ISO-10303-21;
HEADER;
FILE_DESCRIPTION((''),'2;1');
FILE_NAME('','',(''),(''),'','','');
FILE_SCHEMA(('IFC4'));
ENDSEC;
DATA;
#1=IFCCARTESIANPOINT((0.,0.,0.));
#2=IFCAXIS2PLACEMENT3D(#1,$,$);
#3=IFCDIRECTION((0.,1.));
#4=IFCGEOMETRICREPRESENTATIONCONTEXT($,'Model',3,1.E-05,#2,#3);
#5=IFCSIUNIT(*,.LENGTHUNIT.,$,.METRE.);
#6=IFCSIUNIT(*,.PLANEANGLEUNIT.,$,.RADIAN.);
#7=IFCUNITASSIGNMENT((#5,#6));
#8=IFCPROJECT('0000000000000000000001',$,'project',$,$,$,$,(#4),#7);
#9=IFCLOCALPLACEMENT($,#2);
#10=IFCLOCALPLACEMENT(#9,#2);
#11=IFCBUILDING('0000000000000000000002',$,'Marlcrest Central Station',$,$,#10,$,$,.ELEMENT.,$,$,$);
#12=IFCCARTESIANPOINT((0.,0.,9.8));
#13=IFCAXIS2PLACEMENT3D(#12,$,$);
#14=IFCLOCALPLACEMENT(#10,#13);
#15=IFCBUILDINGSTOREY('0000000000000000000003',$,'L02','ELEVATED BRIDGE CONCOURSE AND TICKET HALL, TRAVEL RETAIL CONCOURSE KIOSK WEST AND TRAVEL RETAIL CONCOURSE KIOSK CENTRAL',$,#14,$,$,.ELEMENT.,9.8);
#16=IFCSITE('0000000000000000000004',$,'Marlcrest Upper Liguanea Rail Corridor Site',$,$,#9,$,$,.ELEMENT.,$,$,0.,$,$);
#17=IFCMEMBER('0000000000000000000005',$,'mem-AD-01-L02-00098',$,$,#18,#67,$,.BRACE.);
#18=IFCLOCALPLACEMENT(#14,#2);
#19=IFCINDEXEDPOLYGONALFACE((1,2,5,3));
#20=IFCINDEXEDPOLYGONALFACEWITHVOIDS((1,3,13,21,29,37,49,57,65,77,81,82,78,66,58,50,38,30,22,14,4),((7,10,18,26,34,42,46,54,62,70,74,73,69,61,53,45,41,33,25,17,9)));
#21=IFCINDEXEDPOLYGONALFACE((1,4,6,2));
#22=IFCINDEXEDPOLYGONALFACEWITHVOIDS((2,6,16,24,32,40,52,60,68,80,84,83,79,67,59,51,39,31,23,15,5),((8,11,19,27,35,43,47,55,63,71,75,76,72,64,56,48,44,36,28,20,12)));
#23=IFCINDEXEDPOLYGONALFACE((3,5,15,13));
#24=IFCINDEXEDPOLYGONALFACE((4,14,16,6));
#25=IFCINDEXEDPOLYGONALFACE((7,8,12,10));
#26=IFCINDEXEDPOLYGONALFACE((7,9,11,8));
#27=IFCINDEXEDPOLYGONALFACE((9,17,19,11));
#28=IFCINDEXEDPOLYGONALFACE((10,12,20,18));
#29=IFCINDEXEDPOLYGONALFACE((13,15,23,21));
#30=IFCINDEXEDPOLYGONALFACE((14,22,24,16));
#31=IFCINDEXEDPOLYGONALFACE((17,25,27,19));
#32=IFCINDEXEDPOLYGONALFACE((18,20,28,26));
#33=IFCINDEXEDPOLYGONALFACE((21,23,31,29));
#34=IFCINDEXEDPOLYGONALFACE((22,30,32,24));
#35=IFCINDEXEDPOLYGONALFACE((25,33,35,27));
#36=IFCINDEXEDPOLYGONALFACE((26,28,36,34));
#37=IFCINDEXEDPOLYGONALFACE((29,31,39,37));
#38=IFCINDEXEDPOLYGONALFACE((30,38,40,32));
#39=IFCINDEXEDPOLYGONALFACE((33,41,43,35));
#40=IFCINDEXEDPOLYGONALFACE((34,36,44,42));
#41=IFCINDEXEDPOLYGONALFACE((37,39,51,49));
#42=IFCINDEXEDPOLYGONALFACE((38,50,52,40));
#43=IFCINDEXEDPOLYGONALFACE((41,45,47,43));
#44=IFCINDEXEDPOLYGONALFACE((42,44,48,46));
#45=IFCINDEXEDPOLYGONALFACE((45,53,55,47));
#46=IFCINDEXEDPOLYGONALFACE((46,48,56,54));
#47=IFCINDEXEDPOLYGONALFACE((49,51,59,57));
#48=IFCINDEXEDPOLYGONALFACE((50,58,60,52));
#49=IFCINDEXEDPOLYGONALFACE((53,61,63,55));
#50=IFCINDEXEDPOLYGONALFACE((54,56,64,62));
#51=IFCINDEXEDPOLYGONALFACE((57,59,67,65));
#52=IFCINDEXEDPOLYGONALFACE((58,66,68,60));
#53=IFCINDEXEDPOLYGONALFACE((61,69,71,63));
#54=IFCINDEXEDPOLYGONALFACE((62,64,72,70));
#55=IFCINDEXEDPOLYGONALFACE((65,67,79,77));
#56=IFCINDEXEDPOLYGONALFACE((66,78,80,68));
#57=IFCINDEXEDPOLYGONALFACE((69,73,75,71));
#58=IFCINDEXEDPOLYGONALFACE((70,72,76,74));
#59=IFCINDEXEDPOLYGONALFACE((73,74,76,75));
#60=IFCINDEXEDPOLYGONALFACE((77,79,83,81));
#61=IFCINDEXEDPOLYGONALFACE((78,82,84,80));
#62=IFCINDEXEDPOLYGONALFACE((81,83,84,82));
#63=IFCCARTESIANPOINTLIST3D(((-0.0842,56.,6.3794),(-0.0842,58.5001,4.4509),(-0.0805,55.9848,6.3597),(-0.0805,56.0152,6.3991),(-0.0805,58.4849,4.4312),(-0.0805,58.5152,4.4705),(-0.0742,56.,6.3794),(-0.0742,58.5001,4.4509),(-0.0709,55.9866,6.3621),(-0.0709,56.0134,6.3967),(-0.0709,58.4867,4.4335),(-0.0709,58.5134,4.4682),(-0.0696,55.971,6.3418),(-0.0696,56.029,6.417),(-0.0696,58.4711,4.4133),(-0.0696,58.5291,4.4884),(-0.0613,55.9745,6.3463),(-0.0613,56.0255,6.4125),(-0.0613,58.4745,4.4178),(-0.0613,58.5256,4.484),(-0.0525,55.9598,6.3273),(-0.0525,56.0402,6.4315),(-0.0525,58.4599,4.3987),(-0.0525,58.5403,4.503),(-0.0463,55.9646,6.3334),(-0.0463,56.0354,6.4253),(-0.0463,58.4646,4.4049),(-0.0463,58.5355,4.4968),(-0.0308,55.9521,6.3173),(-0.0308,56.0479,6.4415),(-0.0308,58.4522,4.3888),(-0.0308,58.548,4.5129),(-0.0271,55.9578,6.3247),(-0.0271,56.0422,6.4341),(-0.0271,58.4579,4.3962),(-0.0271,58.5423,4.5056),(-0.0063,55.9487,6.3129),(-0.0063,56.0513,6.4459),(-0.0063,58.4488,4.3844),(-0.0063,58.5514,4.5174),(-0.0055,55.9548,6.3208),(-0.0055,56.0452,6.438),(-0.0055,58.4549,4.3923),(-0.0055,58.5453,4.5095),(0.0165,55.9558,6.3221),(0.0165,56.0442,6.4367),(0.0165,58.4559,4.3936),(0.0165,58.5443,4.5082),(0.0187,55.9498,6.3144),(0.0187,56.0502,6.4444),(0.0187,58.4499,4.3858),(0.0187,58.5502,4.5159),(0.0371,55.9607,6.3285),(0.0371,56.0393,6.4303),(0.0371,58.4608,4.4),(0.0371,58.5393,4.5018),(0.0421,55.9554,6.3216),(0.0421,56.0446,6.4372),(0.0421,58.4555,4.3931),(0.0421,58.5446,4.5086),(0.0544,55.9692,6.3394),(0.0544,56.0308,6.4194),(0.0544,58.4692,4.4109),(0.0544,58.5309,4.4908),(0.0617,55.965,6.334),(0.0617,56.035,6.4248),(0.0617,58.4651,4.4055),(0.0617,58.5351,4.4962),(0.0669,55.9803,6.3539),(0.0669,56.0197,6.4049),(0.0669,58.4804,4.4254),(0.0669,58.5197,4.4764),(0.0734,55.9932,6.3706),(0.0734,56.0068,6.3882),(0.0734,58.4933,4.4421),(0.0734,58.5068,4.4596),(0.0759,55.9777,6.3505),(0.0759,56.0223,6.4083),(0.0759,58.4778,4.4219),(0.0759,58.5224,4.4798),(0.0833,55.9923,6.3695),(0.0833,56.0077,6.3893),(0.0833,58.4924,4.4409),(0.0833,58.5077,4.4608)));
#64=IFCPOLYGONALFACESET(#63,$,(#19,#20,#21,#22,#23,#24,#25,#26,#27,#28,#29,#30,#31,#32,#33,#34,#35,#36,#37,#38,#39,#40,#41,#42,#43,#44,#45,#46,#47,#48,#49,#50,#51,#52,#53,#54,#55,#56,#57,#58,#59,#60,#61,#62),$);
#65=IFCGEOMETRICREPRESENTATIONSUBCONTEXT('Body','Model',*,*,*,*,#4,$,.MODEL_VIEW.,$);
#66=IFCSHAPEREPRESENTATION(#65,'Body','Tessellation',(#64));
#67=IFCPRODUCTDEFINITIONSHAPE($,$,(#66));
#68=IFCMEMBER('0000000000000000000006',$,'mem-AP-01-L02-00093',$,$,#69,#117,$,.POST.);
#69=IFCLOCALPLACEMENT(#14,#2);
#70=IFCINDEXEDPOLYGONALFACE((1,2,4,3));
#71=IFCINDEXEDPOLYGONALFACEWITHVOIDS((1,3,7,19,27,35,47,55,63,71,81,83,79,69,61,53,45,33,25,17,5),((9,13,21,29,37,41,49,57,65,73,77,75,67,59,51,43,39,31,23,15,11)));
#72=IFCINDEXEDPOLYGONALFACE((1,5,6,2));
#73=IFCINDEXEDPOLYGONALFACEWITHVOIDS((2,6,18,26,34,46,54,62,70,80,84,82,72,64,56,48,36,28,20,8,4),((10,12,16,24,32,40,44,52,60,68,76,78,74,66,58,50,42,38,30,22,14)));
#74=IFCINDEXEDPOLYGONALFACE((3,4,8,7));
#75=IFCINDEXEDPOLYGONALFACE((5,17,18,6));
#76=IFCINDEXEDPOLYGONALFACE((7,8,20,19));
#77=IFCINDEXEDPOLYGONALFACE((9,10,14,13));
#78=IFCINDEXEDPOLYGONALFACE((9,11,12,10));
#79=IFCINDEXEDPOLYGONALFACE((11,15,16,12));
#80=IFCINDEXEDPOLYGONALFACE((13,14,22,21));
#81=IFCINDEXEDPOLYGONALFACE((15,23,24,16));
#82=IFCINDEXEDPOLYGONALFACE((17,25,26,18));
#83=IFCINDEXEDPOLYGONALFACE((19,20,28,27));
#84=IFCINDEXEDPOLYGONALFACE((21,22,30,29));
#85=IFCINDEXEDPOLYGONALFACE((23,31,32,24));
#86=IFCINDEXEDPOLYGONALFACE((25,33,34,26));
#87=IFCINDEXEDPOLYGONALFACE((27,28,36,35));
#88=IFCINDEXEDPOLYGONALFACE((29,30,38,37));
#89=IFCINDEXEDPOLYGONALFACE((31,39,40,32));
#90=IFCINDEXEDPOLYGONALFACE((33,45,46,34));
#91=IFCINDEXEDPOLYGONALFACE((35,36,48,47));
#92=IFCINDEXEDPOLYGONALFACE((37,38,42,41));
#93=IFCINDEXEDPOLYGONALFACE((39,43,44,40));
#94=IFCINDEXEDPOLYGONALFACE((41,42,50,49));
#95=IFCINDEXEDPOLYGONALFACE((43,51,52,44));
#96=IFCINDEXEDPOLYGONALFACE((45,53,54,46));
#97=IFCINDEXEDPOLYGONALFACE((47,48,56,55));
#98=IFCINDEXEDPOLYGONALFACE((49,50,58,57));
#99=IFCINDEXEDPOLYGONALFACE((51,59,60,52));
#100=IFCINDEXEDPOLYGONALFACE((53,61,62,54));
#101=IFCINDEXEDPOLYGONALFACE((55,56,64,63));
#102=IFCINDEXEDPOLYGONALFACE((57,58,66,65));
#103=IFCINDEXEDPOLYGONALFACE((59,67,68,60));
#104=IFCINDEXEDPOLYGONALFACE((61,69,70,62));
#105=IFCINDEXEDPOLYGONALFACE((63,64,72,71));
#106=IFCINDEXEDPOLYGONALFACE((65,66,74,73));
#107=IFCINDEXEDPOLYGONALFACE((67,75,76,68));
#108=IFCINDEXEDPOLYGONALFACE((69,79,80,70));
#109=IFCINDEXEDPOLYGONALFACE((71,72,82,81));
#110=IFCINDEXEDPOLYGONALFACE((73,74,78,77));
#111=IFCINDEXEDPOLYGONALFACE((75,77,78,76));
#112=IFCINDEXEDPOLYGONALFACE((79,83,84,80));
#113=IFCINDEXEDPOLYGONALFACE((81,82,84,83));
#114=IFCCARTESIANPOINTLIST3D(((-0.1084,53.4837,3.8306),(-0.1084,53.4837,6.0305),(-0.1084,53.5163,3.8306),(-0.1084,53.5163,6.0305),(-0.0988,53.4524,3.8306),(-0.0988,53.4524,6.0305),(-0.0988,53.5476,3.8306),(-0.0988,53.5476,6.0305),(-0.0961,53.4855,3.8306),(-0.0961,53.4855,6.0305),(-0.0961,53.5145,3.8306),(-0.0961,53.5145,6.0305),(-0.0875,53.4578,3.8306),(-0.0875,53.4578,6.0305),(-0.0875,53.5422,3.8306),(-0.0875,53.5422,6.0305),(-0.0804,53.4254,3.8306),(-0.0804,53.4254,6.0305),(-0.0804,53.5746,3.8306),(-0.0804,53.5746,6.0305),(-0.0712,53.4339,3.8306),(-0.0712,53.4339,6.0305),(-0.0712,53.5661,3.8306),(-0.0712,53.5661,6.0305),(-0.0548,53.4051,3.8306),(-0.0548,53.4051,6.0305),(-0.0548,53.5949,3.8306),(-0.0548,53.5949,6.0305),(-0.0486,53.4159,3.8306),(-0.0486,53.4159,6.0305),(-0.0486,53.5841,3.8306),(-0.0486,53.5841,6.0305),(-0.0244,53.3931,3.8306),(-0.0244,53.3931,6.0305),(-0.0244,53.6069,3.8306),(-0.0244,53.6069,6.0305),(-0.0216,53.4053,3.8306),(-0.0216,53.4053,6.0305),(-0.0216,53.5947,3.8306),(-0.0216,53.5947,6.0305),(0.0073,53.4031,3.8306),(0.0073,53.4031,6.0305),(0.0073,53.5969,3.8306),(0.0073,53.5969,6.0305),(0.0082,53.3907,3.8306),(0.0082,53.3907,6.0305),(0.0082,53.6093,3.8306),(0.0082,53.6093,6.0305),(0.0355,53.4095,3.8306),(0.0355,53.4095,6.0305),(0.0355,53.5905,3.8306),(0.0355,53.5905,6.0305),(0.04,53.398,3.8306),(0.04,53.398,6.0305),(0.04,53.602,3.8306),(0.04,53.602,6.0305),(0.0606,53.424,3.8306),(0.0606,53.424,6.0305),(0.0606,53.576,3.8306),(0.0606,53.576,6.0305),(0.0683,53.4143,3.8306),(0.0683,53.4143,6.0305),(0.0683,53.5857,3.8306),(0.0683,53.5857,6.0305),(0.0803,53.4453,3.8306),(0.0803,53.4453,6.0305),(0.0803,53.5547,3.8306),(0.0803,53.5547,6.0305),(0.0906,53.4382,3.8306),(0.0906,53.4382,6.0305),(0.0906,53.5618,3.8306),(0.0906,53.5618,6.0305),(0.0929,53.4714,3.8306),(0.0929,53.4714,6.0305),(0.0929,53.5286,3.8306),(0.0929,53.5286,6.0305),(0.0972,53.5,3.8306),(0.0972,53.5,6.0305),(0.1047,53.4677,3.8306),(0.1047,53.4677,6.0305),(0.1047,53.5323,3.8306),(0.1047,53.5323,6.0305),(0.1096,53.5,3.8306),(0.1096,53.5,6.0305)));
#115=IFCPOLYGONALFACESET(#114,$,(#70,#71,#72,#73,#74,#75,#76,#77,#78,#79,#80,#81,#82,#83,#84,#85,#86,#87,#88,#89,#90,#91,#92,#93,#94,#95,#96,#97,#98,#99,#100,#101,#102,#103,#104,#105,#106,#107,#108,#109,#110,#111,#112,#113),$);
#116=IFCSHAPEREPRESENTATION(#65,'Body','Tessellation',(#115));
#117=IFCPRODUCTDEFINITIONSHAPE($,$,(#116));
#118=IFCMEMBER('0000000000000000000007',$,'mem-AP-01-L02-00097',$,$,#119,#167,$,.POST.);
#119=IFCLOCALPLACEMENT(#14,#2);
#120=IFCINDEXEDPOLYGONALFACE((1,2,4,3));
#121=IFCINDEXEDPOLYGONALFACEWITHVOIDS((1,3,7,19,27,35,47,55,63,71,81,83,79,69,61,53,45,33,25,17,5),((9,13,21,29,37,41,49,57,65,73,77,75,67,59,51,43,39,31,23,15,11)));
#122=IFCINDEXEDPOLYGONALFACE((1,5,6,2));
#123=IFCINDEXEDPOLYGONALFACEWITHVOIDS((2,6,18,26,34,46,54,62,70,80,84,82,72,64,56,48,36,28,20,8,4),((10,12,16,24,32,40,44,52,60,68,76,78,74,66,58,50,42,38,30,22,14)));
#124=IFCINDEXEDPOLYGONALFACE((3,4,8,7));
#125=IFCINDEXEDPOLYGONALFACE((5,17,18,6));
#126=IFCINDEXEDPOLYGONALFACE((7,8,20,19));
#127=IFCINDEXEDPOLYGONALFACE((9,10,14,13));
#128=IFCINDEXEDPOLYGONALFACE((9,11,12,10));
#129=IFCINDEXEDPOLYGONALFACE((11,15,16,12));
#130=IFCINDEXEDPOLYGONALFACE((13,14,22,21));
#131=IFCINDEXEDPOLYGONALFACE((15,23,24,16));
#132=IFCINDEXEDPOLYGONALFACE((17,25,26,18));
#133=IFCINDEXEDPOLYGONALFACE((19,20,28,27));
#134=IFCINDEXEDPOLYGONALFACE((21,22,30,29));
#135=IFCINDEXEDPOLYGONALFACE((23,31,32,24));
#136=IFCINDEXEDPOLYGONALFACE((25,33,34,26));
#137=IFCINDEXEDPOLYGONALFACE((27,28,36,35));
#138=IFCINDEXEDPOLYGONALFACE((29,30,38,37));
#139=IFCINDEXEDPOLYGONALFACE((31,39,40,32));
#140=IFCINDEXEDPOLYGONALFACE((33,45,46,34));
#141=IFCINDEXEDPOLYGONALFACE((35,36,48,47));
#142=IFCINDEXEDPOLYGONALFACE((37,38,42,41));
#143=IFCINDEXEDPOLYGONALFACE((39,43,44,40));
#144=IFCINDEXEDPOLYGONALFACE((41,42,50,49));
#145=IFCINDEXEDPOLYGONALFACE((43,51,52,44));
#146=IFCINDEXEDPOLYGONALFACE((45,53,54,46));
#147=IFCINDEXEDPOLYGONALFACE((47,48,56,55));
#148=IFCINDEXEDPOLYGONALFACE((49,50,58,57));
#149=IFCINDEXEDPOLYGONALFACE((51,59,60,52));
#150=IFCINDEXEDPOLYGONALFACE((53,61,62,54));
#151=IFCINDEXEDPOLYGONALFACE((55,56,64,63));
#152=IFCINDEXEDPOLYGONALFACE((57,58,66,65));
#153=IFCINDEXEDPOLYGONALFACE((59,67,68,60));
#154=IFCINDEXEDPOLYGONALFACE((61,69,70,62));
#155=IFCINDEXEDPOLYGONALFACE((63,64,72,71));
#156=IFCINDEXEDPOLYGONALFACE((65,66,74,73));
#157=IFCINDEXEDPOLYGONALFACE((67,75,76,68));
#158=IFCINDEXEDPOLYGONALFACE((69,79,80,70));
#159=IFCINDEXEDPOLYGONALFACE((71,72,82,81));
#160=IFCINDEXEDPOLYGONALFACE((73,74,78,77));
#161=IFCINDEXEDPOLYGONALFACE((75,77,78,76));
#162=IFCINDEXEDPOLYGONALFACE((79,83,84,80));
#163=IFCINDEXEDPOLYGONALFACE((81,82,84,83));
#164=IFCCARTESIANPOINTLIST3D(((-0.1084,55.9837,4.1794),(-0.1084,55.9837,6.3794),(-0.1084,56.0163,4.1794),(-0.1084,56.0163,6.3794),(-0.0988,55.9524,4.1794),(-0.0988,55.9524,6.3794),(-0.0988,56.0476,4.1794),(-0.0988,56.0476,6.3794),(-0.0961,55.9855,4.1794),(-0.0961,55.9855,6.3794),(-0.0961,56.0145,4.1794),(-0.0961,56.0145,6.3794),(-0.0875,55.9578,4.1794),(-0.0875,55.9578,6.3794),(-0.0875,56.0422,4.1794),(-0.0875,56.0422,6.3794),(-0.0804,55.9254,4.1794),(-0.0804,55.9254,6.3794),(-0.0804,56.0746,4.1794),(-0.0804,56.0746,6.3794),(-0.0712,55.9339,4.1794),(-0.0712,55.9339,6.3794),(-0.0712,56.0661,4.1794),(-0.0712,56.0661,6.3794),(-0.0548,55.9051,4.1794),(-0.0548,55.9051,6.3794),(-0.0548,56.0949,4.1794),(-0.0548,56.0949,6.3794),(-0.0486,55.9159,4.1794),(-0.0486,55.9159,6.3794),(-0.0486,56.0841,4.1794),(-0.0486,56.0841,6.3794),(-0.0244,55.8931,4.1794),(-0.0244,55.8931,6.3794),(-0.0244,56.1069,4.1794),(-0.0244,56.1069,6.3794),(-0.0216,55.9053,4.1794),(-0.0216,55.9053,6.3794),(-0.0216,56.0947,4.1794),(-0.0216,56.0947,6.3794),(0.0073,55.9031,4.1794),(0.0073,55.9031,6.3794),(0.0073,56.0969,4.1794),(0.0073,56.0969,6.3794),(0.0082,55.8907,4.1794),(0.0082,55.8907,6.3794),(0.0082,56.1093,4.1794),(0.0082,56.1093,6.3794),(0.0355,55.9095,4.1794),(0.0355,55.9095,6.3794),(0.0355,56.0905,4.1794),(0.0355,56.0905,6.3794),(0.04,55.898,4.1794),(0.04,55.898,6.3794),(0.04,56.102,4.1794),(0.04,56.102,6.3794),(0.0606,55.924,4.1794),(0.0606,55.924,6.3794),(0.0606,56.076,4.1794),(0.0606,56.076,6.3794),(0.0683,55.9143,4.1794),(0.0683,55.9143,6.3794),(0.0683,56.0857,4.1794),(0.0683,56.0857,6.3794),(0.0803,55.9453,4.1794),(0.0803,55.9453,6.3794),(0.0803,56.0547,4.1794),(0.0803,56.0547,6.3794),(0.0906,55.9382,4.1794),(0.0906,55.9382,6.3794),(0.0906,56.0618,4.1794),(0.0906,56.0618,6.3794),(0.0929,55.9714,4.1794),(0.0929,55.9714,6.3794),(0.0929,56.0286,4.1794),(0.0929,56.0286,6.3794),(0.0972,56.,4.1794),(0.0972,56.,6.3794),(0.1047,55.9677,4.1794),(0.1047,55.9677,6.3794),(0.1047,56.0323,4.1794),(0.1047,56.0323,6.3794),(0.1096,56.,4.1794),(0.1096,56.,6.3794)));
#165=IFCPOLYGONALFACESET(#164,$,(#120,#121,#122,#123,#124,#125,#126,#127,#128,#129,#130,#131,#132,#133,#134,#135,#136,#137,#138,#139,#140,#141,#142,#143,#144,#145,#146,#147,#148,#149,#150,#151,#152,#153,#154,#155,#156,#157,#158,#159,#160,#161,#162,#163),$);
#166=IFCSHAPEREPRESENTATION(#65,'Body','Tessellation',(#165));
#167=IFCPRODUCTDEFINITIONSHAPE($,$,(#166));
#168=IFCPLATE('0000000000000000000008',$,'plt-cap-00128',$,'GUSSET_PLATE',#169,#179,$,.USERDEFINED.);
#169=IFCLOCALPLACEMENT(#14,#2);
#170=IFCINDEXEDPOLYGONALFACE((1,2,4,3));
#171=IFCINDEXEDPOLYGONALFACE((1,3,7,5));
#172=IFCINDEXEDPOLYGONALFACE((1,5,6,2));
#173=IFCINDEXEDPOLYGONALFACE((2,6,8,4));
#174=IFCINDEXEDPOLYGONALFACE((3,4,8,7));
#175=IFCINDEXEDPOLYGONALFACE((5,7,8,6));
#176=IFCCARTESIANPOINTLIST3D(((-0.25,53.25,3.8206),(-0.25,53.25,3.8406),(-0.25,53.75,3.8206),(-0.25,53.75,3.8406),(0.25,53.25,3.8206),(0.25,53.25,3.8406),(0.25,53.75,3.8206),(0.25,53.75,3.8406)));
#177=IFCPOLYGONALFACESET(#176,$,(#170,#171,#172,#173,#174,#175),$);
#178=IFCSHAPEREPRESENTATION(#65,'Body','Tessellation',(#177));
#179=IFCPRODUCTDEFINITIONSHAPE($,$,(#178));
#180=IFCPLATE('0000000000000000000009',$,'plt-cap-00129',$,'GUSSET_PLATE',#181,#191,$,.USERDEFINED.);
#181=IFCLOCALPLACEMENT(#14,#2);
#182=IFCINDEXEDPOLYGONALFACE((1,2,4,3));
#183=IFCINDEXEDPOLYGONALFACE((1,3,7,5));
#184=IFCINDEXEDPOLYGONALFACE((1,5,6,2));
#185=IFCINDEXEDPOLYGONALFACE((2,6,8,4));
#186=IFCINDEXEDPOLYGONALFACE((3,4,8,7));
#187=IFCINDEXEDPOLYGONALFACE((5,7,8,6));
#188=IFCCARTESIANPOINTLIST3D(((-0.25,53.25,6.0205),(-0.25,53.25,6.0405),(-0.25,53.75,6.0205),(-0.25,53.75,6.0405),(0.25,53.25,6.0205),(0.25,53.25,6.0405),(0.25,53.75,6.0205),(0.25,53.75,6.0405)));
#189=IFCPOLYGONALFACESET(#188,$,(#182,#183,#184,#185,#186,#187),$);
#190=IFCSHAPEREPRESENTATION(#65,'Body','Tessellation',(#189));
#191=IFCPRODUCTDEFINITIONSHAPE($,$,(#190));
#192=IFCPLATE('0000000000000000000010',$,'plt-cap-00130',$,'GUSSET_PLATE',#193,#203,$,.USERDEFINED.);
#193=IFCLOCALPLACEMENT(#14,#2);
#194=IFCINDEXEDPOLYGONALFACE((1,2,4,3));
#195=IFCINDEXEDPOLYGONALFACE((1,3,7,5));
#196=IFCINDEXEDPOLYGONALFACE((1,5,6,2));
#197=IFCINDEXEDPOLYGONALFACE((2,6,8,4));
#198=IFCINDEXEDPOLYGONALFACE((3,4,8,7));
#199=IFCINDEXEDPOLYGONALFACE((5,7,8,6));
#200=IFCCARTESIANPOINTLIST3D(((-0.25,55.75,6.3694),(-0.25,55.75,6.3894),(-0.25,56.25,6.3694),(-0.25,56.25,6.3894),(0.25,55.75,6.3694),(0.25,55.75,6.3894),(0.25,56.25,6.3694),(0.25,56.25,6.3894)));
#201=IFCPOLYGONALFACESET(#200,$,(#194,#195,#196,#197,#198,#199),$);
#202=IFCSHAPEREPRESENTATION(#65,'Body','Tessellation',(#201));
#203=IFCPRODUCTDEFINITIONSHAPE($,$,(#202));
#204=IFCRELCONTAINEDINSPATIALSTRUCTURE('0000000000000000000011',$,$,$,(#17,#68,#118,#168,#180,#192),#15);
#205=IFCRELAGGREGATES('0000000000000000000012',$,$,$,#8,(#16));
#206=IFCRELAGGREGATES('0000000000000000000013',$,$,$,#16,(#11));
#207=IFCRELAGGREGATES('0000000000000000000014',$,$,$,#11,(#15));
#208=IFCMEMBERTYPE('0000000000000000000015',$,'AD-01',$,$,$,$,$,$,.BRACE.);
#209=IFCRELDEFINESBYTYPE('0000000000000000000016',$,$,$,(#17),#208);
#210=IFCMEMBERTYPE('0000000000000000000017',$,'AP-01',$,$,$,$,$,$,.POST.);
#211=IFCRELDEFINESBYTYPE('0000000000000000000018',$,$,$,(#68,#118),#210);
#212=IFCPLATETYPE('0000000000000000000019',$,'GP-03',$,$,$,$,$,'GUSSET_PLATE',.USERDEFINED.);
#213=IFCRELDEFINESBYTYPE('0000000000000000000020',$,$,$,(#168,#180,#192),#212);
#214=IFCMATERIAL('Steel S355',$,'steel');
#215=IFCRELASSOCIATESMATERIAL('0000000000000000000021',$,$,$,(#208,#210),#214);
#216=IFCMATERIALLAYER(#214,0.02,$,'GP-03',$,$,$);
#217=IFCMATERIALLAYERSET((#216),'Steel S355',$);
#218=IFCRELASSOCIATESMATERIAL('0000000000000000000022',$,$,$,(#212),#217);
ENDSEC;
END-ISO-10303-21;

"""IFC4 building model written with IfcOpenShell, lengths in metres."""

from ifc_helpers import new_model, si_unit, direction, frame, origin, origin_2d, place, context, subcontext, project, spatial, rectangle, hollow_circle, extrude, material, layer, layer_set, material_profile, profile_set, type_object, element, save


model = new_model("IFC4")

# Units and contexts
model_context = context("Model", 3, precision=1e-05, world=origin(), true_north=direction((0.0, 1.0)))
body_context = subcontext(model_context, "Body", "Model", "MODEL_VIEW")
ifc_project = project(units=[si_unit("LENGTHUNIT", "METRE"), si_unit("PLANEANGLEUNIT", "RADIAN")], contexts=[model_context])

# Site, building, storey
site_placement = place(None, origin())
site = spatial("IfcSite", under=ifc_project, at=site_placement, Name="Marlcrest Upper Liguanea Rail Corridor Site", CompositionType="ELEMENT", RefElevation=0.0)
building_placement = place(site_placement, origin())
building = spatial("IfcBuilding", under=site, at=building_placement, Name="Marlcrest Central Station", CompositionType="ELEMENT")
storey_placement = place(building_placement, frame((0.0, 0.0, 9.8)))
storey = spatial("IfcBuildingStorey", under=building, at=storey_placement, Name="L02", Description="ELEVATED BRIDGE CONCOURSE AND TICKET HALL, TRAVEL RETAIL CONCOURSE KIOSK WEST AND TRAVEL RETAIL CONCOURSE KIOSK CENTRAL", CompositionType="ELEMENT", Elevation=9.8)

# Members
ifc_material = material(Name="Steel S355", Category="steel")
ifc_material_profile_1 = material_profile(ifc_material, hollow_circle(Radius=0.0842, WallThickness=0.01, at=origin_2d()), Name="CHS 168.3x10")
ifc_profile_set_1 = profile_set([ifc_material_profile_1], Name="Steel S355")
member_type_1 = type_object("IfcMemberType", Name="AD-01", PredefinedType="BRACE", material=ifc_profile_set_1)
member_1_placement = place(storey_placement, frame((0.0, 56.0, 6.3794), z_axis=(0.0, 0.791798, -0.610783), x_axis=(-1.0, 0.0, 0.0)))
element("IfcMember", 1, at=member_1_placement, inside=storey, type_object=member_type_1, Name="mem-AD-01-L02-00098", PredefinedType="BRACE", context=body_context, shape_type="SweptSolid", body=[
    extrude(hollow_circle(Radius=0.0842, WallThickness=0.01, at=origin_2d()), origin(), (0.0, 0.0, 1.0), 3.1575),
])
ifc_material_profile_2 = material_profile(ifc_material, hollow_circle(Radius=0.1096, WallThickness=0.0125, at=origin_2d()), Name="CHS 219.1x12.5")
ifc_profile_set_2 = profile_set([ifc_material_profile_2], Name="Steel S355")
member_type_2 = type_object("IfcMemberType", Name="AP-01", PredefinedType="POST", material=ifc_profile_set_2)
for number, where, z_axis, x_axis, name in (
    (2, (0.0, 53.5, 3.8306), (0.0, 0.0, 1.0), (1.0, 0.0, 0.0), "mem-AP-01-L02-00093"),
    (3, (0.0, 56.0, 4.1794), (0.0, 0.0, 1.0), (1.0, 0.0, 0.0), "mem-AP-01-L02-00097"),
):
    element("IfcMember", number, at=place(storey_placement, frame(where, z_axis=z_axis, x_axis=x_axis)), inside=storey, type_object=member_type_2, Name=name, PredefinedType="POST", context=body_context, shape_type="SweptSolid", body=[
        extrude(hollow_circle(Radius=0.1096, WallThickness=0.0125, at=origin_2d()), origin(), (0.0, 0.0, 1.0), 2.2),
    ])

# Plates
ifc_layer = layer(ifc_material, 0.02, Name="GP-03")
ifc_layer_set = layer_set([ifc_layer], Name="Steel S355")
plate_type = type_object("IfcPlateType", Name="GP-03", ElementType="GUSSET_PLATE", PredefinedType="USERDEFINED", material=ifc_layer_set)
for number, where, z_axis, x_axis, name in (
    (4, (0.0, 53.5, 3.8206), (0.0, 0.0, 1.0), (1.0, 0.0, 0.0), "plt-cap-00128"),
    (5, (0.0, 53.5, 6.0205), (0.0, 0.0, 1.0), (1.0, 0.0, 0.0), "plt-cap-00129"),
    (6, (0.0, 56.0, 6.3694), (0.0, 0.0, 1.0), (1.0, 0.0, 0.0), "plt-cap-00130"),
):
    element("IfcPlate", number, at=place(storey_placement, frame(where, z_axis=z_axis, x_axis=x_axis)), inside=storey, type_object=plate_type, Name=name, ObjectType="GUSSET_PLATE", PredefinedType="USERDEFINED", context=body_context, shape_type="SweptSolid", body=[
        extrude(rectangle(XDim=0.5, YDim=0.5, at=origin_2d()), origin(), (0.0, 0.0, 1.0), 0.02),
    ])

save(model, "model.ifc")
